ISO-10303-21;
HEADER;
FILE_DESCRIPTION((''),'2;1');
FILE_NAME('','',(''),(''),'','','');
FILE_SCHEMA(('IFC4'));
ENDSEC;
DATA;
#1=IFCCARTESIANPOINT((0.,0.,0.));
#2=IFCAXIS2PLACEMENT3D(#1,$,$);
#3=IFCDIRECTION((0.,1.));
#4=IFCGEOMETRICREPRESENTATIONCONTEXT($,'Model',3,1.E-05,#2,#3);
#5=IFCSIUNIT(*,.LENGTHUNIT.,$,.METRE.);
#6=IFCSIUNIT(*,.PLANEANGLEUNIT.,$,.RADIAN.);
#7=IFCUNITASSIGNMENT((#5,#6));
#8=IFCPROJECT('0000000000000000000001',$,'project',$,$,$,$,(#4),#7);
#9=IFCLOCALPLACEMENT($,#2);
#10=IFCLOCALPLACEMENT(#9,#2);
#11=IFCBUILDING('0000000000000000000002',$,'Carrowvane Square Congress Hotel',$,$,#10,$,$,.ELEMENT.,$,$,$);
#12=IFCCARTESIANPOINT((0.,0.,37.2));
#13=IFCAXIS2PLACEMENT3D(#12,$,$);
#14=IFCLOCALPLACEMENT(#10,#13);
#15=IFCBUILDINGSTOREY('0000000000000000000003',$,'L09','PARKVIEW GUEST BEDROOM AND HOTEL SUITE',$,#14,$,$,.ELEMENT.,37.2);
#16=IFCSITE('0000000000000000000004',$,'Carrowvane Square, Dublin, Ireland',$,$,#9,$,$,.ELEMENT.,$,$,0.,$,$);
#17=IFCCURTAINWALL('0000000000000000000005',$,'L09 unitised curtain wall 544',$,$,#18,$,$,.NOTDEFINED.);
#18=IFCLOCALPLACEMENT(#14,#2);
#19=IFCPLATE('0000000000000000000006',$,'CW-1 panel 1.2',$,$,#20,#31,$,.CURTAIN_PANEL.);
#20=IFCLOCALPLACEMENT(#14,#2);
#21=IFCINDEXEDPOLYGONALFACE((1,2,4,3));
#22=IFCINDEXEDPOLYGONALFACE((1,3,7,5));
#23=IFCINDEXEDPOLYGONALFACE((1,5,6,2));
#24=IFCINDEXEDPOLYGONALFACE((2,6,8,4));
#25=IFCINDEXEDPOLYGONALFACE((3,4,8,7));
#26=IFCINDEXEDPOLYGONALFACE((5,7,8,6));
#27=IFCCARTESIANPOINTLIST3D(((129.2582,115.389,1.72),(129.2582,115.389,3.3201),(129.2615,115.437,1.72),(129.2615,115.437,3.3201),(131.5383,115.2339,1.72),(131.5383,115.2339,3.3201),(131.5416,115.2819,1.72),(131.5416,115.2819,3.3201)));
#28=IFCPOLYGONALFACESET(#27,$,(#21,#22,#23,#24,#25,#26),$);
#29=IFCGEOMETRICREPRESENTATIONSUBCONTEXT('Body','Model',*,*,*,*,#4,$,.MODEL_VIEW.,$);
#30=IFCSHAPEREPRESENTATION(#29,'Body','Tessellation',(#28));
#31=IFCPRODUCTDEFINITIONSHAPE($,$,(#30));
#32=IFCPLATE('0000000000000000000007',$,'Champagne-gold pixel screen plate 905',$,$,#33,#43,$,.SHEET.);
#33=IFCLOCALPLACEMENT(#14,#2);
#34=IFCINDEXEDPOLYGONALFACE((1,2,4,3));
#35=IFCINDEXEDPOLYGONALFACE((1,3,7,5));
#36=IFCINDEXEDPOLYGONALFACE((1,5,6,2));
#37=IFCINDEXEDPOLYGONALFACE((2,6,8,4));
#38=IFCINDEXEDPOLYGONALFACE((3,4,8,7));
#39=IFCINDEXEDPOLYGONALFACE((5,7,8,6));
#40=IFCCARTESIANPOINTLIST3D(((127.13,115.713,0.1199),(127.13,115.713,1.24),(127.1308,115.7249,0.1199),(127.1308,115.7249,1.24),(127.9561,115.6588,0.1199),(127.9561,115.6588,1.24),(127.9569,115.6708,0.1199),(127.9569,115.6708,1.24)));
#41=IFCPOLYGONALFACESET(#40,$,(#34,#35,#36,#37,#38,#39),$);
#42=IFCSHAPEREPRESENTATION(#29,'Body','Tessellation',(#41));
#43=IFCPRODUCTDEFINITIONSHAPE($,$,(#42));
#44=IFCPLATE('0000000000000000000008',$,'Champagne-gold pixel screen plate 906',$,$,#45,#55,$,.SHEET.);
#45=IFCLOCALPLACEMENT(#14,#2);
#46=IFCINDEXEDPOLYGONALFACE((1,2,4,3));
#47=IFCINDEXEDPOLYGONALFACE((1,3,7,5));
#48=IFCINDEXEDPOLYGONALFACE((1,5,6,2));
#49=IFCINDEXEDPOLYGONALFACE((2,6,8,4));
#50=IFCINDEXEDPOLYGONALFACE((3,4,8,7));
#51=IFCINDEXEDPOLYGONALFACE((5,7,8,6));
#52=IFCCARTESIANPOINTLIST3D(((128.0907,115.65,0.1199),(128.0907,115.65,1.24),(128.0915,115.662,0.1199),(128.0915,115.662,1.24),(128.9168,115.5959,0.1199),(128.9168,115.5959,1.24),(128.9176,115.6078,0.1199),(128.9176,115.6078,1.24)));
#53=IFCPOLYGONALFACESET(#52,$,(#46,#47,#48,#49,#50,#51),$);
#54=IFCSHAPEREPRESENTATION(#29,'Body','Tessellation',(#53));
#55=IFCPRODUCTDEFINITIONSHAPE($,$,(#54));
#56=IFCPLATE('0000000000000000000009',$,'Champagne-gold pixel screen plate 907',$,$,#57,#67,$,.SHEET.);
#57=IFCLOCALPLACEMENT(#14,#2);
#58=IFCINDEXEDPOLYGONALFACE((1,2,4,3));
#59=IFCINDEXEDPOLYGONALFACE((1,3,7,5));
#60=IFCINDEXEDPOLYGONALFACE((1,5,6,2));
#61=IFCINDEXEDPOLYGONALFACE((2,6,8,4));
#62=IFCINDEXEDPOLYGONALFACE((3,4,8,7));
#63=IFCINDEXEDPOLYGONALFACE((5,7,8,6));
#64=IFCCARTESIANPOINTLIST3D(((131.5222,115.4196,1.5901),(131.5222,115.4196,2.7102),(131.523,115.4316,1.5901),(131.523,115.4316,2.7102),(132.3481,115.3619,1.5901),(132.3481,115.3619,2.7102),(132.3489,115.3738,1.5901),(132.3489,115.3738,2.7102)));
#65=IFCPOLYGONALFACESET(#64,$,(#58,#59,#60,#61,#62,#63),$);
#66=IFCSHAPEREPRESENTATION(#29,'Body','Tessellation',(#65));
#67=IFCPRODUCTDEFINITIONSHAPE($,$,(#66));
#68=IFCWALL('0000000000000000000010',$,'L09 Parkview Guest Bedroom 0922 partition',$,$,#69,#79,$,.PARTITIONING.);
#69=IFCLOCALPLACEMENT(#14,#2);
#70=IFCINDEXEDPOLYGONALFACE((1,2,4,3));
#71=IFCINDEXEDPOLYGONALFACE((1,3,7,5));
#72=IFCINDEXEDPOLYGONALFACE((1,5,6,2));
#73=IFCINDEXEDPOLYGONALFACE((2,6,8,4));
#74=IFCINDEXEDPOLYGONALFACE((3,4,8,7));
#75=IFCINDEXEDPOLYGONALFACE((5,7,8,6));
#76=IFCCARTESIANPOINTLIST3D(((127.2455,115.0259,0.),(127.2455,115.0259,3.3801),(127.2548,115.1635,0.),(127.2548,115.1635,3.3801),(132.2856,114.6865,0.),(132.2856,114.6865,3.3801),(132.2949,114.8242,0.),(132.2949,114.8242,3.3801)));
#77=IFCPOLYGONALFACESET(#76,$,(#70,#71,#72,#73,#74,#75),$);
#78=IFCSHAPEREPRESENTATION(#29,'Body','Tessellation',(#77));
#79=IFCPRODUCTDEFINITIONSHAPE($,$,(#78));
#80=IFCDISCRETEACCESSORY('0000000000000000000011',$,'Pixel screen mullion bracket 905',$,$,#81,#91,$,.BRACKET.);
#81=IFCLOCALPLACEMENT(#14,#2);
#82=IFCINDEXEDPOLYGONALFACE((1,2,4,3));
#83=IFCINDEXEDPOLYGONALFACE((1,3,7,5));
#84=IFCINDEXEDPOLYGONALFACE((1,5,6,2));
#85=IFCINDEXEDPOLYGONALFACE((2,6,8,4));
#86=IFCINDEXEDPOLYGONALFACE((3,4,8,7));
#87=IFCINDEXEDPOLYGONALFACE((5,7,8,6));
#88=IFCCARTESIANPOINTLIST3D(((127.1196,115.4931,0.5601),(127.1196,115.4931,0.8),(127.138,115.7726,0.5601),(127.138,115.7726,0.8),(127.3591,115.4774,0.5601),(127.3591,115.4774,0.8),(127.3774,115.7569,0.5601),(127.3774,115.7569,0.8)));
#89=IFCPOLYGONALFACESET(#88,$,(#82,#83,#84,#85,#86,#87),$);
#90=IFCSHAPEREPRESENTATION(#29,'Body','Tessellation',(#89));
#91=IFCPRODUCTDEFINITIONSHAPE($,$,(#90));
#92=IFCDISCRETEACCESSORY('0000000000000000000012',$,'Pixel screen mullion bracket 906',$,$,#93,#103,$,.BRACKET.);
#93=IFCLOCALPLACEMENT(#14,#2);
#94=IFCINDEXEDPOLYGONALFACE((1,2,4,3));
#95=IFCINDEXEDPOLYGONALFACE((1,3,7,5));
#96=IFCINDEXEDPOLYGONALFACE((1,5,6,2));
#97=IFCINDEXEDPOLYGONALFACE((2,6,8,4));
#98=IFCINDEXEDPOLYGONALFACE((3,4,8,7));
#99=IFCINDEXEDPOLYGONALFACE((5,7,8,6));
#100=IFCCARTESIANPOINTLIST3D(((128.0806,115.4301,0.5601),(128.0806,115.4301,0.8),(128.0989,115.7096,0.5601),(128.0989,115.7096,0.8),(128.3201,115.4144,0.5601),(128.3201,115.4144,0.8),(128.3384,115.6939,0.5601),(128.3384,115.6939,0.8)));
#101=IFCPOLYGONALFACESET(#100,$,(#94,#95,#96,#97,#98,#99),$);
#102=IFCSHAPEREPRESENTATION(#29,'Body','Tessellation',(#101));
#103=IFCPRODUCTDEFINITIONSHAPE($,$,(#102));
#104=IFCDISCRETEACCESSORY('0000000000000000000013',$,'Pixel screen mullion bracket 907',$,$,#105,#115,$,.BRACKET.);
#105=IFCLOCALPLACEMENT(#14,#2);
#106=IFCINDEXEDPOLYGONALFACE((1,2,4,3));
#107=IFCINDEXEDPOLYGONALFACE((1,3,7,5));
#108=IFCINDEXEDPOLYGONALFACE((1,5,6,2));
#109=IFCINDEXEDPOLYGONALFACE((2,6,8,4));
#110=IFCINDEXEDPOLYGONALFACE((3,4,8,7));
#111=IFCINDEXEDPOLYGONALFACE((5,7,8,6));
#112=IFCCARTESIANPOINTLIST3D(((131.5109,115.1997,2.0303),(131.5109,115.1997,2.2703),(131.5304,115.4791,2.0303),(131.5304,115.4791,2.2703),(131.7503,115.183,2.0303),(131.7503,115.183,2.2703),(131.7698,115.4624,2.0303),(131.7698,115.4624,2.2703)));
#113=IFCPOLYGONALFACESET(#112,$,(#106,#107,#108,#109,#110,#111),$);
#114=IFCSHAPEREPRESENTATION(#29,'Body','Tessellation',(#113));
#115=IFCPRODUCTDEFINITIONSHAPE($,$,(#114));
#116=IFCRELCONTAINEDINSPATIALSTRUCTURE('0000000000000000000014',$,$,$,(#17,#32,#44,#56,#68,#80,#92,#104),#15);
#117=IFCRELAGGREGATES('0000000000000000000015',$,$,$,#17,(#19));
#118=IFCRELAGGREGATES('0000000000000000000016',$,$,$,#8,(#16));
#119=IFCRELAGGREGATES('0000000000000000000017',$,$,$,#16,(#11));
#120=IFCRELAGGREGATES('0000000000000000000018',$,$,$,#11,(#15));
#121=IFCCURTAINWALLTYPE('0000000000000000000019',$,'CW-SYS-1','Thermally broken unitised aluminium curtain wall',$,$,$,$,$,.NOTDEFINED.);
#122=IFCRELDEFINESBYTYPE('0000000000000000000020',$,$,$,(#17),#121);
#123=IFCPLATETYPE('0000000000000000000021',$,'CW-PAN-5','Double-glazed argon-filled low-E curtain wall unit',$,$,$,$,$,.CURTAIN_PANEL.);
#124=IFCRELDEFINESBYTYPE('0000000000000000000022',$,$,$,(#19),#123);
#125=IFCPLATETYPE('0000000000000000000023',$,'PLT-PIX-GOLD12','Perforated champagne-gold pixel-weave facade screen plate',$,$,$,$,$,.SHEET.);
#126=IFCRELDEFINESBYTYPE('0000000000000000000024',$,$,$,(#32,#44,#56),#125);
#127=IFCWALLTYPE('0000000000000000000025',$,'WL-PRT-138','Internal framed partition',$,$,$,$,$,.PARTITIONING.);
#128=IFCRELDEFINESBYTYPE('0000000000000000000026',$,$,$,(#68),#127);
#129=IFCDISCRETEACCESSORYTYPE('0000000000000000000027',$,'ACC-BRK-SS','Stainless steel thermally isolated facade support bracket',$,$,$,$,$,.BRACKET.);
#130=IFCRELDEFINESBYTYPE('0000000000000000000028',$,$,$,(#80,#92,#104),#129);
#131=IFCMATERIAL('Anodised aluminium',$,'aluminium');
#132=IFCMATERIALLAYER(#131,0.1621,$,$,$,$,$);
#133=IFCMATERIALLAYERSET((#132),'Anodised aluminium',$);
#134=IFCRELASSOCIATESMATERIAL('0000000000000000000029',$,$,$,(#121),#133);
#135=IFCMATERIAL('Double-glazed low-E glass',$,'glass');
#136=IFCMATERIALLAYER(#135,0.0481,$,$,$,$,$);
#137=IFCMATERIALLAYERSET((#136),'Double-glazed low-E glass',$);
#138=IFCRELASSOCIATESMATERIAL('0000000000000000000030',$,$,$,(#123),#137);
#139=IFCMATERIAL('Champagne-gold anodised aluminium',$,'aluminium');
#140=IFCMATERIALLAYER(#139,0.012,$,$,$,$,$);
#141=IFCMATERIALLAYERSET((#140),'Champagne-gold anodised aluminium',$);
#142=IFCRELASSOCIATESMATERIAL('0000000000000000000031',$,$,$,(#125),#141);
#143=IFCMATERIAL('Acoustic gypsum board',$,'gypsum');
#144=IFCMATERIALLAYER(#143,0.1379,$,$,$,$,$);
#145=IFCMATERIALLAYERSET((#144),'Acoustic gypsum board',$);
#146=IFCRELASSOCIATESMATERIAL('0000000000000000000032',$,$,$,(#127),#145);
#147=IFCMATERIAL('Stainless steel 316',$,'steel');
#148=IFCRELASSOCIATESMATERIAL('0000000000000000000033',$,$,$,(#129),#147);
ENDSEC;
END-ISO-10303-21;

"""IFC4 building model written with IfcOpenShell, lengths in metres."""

from ifc_helpers import new_model, si_unit, direction, frame, frame_2d, origin, origin_2d, place, context, subcontext, project, spatial, rectangle, extrude, material, layer, layer_set, type_object, element, aggregate, save


model = new_model("IFC4")

# Units and contexts
model_context = context("Model", 3, precision=1e-05, world=origin(), true_north=direction((0.0, 1.0)))
body_context = subcontext(model_context, "Body", "Model", "MODEL_VIEW")
ifc_project = project(units=[si_unit("LENGTHUNIT", "METRE"), si_unit("PLANEANGLEUNIT", "RADIAN")], contexts=[model_context])

# Site, building, storey
site_placement = place(None, origin())
site = spatial("IfcSite", under=ifc_project, at=site_placement, Name="Carrowvane Square, Dublin, Ireland", CompositionType="ELEMENT", RefElevation=0.0)
building_placement = place(site_placement, origin())
building = spatial("IfcBuilding", under=site, at=building_placement, Name="Carrowvane Square Congress Hotel", CompositionType="ELEMENT")
storey_placement = place(building_placement, frame((0.0, 0.0, 37.2)))
storey = spatial("IfcBuildingStorey", under=building, at=storey_placement, Name="L09", Description="PARKVIEW GUEST BEDROOM AND HOTEL SUITE", CompositionType="ELEMENT", Elevation=37.2)

# Curtain wall
ifc_material_1 = material(Name="Anodised aluminium", Category="aluminium")
ifc_layer_1 = layer(ifc_material_1, 0.1621)
ifc_layer_set_1 = layer_set([ifc_layer_1], Name="Anodised aluminium")
curtain_wall_type_1 = type_object("IfcCurtainWallType", Name="CW-SYS-1", Description="Thermally broken unitised aluminium curtain wall", PredefinedType="NOTDEFINED", material=ifc_layer_set_1)
curtain_wall_1_placement = place(storey_placement, origin())
curtain_wall_1 = element("IfcCurtainWall", 1, at=curtain_wall_1_placement, inside=storey, type_object=curtain_wall_type_1, Name="L09 unitised curtain wall 544", PredefinedType="NOTDEFINED")

# Plate
ifc_material_2 = material(Name="Double-glazed low-E glass", Category="glass")
ifc_layer_2 = layer(ifc_material_2, 0.0481)
ifc_layer_set_2 = layer_set([ifc_layer_2], Name="Double-glazed low-E glass")
plate_type_1 = type_object("IfcPlateType", Name="CW-PAN-5", Description="Double-glazed argon-filled low-E curtain wall unit", PredefinedType="CURTAIN_PANEL", material=ifc_layer_set_2)
plate_1_placement = place(storey_placement, frame((130.3999, 115.3354, 1.72), z_axis=(0.0, 0.0, 1.0), x_axis=(0.997694, -0.06787, 0.0)))
plate_1 = element("IfcPlate", 2, at=plate_1_placement, type_object=plate_type_1, Name="CW-1 panel 1.2", PredefinedType="CURTAIN_PANEL", context=body_context, shape_type="SweptSolid", body=[
    extrude(rectangle(XDim=2.2854, YDim=0.0481, at=origin_2d()), origin(), (0.0, 0.0, 1.0), 1.6001),
])
aggregate(curtain_wall_1, [plate_1])

# Plates
ifc_material_3 = material(Name="Champagne-gold anodised aluminium", Category="aluminium")
ifc_layer_3 = layer(ifc_material_3, 0.012)
ifc_layer_set_3 = layer_set([ifc_layer_3], Name="Champagne-gold anodised aluminium")
plate_type_2 = type_object("IfcPlateType", Name="PLT-PIX-GOLD12", Description="Perforated champagne-gold pixel-weave facade screen plate", PredefinedType="SHEET", material=ifc_layer_set_3)
for number, where, z_axis, x_axis, name in (
    (3, (127.5435, 115.6919, 0.1199), (0.0, 0.0, 1.0), (0.997858, -0.065413, 0.0), "Champagne-gold pixel screen plate 905"),
    (4, (128.5042, 115.6289, 0.1199), (0.0, 0.0, 1.0), (0.997858, -0.065413, 0.0), "Champagne-gold pixel screen plate 906"),
    (5, (131.9355, 115.3967, 1.5901), (0.0, 0.0, 1.0), (0.997566, -0.069725, 0.0), "Champagne-gold pixel screen plate 907"),
):
    element("IfcPlate", number, at=place(storey_placement, frame(where, z_axis=z_axis, x_axis=x_axis)), inside=storey, type_object=plate_type_2, Name=name, PredefinedType="SHEET", context=body_context, shape_type="SweptSolid", body=[
        extrude(rectangle(XDim=0.8279, YDim=0.012, at=origin_2d()), origin(), (0.0, 0.0, 1.0), 1.1201),
    ])

# Wall
ifc_material_4 = material(Name="Acoustic gypsum board", Category="gypsum")
ifc_layer_4 = layer(ifc_material_4, 0.1379)
ifc_layer_set_4 = layer_set([ifc_layer_4], Name="Acoustic gypsum board")
wall_type = type_object("IfcWallType", Name="WL-PRT-138", Description="Internal framed partition", PredefinedType="PARTITIONING", material=ifc_layer_set_4)
wall_placement = place(storey_placement, frame((127.25, 115.0947, 0.0), z_axis=(0.0, 0.0, 1.0), x_axis=(0.997741, -0.06718, 0.0)))
element("IfcWall", 6, at=wall_placement, inside=storey, type_object=wall_type, Name="L09 Parkview Guest Bedroom 0922 partition", PredefinedType="PARTITIONING", context=body_context, shape_type="SweptSolid", body=[
    extrude(rectangle(XDim=5.0515, YDim=0.1379, at=frame_2d((2.5259, 0.0))), origin(), (0.0, 0.0, 1.0), 3.3801),
])

# Discrete accessories
ifc_material_5 = material(Name="Stainless steel 316", Category="steel")
discrete_accessory_type = type_object("IfcDiscreteAccessoryType", Name="ACC-BRK-SS", Description="Stainless steel thermally isolated facade support bracket", PredefinedType="BRACKET", material=ifc_material_5)
for number, where, z_axis, x_axis, name in (
    (7, (127.2485, 115.625, 0.5601), (0.0, 0.0, 1.0), (0.997858, -0.065413, 0.0), "Pixel screen mullion bracket 905"),
    (8, (128.2095, 115.562, 0.5601), (0.0, 0.0, 1.0), (0.997858, -0.065413, 0.0), "Pixel screen mullion bracket 906"),
    (9, (131.6404, 115.3311, 2.0303), (0.0, 0.0, 1.0), (0.997566, -0.069725, 0.0), "Pixel screen mullion bracket 907"),
):
    element("IfcDiscreteAccessory", number, at=place(storey_placement, frame(where, z_axis=z_axis, x_axis=x_axis)), inside=storey, type_object=discrete_accessory_type, Name=name, PredefinedType="BRACKET", context=body_context, shape_type="SweptSolid", body=[
        extrude(rectangle(XDim=0.24, YDim=0.28, at=origin_2d()), origin(), (0.0, 0.0, 1.0), 0.24),
    ])

save(model, "model.ifc")
